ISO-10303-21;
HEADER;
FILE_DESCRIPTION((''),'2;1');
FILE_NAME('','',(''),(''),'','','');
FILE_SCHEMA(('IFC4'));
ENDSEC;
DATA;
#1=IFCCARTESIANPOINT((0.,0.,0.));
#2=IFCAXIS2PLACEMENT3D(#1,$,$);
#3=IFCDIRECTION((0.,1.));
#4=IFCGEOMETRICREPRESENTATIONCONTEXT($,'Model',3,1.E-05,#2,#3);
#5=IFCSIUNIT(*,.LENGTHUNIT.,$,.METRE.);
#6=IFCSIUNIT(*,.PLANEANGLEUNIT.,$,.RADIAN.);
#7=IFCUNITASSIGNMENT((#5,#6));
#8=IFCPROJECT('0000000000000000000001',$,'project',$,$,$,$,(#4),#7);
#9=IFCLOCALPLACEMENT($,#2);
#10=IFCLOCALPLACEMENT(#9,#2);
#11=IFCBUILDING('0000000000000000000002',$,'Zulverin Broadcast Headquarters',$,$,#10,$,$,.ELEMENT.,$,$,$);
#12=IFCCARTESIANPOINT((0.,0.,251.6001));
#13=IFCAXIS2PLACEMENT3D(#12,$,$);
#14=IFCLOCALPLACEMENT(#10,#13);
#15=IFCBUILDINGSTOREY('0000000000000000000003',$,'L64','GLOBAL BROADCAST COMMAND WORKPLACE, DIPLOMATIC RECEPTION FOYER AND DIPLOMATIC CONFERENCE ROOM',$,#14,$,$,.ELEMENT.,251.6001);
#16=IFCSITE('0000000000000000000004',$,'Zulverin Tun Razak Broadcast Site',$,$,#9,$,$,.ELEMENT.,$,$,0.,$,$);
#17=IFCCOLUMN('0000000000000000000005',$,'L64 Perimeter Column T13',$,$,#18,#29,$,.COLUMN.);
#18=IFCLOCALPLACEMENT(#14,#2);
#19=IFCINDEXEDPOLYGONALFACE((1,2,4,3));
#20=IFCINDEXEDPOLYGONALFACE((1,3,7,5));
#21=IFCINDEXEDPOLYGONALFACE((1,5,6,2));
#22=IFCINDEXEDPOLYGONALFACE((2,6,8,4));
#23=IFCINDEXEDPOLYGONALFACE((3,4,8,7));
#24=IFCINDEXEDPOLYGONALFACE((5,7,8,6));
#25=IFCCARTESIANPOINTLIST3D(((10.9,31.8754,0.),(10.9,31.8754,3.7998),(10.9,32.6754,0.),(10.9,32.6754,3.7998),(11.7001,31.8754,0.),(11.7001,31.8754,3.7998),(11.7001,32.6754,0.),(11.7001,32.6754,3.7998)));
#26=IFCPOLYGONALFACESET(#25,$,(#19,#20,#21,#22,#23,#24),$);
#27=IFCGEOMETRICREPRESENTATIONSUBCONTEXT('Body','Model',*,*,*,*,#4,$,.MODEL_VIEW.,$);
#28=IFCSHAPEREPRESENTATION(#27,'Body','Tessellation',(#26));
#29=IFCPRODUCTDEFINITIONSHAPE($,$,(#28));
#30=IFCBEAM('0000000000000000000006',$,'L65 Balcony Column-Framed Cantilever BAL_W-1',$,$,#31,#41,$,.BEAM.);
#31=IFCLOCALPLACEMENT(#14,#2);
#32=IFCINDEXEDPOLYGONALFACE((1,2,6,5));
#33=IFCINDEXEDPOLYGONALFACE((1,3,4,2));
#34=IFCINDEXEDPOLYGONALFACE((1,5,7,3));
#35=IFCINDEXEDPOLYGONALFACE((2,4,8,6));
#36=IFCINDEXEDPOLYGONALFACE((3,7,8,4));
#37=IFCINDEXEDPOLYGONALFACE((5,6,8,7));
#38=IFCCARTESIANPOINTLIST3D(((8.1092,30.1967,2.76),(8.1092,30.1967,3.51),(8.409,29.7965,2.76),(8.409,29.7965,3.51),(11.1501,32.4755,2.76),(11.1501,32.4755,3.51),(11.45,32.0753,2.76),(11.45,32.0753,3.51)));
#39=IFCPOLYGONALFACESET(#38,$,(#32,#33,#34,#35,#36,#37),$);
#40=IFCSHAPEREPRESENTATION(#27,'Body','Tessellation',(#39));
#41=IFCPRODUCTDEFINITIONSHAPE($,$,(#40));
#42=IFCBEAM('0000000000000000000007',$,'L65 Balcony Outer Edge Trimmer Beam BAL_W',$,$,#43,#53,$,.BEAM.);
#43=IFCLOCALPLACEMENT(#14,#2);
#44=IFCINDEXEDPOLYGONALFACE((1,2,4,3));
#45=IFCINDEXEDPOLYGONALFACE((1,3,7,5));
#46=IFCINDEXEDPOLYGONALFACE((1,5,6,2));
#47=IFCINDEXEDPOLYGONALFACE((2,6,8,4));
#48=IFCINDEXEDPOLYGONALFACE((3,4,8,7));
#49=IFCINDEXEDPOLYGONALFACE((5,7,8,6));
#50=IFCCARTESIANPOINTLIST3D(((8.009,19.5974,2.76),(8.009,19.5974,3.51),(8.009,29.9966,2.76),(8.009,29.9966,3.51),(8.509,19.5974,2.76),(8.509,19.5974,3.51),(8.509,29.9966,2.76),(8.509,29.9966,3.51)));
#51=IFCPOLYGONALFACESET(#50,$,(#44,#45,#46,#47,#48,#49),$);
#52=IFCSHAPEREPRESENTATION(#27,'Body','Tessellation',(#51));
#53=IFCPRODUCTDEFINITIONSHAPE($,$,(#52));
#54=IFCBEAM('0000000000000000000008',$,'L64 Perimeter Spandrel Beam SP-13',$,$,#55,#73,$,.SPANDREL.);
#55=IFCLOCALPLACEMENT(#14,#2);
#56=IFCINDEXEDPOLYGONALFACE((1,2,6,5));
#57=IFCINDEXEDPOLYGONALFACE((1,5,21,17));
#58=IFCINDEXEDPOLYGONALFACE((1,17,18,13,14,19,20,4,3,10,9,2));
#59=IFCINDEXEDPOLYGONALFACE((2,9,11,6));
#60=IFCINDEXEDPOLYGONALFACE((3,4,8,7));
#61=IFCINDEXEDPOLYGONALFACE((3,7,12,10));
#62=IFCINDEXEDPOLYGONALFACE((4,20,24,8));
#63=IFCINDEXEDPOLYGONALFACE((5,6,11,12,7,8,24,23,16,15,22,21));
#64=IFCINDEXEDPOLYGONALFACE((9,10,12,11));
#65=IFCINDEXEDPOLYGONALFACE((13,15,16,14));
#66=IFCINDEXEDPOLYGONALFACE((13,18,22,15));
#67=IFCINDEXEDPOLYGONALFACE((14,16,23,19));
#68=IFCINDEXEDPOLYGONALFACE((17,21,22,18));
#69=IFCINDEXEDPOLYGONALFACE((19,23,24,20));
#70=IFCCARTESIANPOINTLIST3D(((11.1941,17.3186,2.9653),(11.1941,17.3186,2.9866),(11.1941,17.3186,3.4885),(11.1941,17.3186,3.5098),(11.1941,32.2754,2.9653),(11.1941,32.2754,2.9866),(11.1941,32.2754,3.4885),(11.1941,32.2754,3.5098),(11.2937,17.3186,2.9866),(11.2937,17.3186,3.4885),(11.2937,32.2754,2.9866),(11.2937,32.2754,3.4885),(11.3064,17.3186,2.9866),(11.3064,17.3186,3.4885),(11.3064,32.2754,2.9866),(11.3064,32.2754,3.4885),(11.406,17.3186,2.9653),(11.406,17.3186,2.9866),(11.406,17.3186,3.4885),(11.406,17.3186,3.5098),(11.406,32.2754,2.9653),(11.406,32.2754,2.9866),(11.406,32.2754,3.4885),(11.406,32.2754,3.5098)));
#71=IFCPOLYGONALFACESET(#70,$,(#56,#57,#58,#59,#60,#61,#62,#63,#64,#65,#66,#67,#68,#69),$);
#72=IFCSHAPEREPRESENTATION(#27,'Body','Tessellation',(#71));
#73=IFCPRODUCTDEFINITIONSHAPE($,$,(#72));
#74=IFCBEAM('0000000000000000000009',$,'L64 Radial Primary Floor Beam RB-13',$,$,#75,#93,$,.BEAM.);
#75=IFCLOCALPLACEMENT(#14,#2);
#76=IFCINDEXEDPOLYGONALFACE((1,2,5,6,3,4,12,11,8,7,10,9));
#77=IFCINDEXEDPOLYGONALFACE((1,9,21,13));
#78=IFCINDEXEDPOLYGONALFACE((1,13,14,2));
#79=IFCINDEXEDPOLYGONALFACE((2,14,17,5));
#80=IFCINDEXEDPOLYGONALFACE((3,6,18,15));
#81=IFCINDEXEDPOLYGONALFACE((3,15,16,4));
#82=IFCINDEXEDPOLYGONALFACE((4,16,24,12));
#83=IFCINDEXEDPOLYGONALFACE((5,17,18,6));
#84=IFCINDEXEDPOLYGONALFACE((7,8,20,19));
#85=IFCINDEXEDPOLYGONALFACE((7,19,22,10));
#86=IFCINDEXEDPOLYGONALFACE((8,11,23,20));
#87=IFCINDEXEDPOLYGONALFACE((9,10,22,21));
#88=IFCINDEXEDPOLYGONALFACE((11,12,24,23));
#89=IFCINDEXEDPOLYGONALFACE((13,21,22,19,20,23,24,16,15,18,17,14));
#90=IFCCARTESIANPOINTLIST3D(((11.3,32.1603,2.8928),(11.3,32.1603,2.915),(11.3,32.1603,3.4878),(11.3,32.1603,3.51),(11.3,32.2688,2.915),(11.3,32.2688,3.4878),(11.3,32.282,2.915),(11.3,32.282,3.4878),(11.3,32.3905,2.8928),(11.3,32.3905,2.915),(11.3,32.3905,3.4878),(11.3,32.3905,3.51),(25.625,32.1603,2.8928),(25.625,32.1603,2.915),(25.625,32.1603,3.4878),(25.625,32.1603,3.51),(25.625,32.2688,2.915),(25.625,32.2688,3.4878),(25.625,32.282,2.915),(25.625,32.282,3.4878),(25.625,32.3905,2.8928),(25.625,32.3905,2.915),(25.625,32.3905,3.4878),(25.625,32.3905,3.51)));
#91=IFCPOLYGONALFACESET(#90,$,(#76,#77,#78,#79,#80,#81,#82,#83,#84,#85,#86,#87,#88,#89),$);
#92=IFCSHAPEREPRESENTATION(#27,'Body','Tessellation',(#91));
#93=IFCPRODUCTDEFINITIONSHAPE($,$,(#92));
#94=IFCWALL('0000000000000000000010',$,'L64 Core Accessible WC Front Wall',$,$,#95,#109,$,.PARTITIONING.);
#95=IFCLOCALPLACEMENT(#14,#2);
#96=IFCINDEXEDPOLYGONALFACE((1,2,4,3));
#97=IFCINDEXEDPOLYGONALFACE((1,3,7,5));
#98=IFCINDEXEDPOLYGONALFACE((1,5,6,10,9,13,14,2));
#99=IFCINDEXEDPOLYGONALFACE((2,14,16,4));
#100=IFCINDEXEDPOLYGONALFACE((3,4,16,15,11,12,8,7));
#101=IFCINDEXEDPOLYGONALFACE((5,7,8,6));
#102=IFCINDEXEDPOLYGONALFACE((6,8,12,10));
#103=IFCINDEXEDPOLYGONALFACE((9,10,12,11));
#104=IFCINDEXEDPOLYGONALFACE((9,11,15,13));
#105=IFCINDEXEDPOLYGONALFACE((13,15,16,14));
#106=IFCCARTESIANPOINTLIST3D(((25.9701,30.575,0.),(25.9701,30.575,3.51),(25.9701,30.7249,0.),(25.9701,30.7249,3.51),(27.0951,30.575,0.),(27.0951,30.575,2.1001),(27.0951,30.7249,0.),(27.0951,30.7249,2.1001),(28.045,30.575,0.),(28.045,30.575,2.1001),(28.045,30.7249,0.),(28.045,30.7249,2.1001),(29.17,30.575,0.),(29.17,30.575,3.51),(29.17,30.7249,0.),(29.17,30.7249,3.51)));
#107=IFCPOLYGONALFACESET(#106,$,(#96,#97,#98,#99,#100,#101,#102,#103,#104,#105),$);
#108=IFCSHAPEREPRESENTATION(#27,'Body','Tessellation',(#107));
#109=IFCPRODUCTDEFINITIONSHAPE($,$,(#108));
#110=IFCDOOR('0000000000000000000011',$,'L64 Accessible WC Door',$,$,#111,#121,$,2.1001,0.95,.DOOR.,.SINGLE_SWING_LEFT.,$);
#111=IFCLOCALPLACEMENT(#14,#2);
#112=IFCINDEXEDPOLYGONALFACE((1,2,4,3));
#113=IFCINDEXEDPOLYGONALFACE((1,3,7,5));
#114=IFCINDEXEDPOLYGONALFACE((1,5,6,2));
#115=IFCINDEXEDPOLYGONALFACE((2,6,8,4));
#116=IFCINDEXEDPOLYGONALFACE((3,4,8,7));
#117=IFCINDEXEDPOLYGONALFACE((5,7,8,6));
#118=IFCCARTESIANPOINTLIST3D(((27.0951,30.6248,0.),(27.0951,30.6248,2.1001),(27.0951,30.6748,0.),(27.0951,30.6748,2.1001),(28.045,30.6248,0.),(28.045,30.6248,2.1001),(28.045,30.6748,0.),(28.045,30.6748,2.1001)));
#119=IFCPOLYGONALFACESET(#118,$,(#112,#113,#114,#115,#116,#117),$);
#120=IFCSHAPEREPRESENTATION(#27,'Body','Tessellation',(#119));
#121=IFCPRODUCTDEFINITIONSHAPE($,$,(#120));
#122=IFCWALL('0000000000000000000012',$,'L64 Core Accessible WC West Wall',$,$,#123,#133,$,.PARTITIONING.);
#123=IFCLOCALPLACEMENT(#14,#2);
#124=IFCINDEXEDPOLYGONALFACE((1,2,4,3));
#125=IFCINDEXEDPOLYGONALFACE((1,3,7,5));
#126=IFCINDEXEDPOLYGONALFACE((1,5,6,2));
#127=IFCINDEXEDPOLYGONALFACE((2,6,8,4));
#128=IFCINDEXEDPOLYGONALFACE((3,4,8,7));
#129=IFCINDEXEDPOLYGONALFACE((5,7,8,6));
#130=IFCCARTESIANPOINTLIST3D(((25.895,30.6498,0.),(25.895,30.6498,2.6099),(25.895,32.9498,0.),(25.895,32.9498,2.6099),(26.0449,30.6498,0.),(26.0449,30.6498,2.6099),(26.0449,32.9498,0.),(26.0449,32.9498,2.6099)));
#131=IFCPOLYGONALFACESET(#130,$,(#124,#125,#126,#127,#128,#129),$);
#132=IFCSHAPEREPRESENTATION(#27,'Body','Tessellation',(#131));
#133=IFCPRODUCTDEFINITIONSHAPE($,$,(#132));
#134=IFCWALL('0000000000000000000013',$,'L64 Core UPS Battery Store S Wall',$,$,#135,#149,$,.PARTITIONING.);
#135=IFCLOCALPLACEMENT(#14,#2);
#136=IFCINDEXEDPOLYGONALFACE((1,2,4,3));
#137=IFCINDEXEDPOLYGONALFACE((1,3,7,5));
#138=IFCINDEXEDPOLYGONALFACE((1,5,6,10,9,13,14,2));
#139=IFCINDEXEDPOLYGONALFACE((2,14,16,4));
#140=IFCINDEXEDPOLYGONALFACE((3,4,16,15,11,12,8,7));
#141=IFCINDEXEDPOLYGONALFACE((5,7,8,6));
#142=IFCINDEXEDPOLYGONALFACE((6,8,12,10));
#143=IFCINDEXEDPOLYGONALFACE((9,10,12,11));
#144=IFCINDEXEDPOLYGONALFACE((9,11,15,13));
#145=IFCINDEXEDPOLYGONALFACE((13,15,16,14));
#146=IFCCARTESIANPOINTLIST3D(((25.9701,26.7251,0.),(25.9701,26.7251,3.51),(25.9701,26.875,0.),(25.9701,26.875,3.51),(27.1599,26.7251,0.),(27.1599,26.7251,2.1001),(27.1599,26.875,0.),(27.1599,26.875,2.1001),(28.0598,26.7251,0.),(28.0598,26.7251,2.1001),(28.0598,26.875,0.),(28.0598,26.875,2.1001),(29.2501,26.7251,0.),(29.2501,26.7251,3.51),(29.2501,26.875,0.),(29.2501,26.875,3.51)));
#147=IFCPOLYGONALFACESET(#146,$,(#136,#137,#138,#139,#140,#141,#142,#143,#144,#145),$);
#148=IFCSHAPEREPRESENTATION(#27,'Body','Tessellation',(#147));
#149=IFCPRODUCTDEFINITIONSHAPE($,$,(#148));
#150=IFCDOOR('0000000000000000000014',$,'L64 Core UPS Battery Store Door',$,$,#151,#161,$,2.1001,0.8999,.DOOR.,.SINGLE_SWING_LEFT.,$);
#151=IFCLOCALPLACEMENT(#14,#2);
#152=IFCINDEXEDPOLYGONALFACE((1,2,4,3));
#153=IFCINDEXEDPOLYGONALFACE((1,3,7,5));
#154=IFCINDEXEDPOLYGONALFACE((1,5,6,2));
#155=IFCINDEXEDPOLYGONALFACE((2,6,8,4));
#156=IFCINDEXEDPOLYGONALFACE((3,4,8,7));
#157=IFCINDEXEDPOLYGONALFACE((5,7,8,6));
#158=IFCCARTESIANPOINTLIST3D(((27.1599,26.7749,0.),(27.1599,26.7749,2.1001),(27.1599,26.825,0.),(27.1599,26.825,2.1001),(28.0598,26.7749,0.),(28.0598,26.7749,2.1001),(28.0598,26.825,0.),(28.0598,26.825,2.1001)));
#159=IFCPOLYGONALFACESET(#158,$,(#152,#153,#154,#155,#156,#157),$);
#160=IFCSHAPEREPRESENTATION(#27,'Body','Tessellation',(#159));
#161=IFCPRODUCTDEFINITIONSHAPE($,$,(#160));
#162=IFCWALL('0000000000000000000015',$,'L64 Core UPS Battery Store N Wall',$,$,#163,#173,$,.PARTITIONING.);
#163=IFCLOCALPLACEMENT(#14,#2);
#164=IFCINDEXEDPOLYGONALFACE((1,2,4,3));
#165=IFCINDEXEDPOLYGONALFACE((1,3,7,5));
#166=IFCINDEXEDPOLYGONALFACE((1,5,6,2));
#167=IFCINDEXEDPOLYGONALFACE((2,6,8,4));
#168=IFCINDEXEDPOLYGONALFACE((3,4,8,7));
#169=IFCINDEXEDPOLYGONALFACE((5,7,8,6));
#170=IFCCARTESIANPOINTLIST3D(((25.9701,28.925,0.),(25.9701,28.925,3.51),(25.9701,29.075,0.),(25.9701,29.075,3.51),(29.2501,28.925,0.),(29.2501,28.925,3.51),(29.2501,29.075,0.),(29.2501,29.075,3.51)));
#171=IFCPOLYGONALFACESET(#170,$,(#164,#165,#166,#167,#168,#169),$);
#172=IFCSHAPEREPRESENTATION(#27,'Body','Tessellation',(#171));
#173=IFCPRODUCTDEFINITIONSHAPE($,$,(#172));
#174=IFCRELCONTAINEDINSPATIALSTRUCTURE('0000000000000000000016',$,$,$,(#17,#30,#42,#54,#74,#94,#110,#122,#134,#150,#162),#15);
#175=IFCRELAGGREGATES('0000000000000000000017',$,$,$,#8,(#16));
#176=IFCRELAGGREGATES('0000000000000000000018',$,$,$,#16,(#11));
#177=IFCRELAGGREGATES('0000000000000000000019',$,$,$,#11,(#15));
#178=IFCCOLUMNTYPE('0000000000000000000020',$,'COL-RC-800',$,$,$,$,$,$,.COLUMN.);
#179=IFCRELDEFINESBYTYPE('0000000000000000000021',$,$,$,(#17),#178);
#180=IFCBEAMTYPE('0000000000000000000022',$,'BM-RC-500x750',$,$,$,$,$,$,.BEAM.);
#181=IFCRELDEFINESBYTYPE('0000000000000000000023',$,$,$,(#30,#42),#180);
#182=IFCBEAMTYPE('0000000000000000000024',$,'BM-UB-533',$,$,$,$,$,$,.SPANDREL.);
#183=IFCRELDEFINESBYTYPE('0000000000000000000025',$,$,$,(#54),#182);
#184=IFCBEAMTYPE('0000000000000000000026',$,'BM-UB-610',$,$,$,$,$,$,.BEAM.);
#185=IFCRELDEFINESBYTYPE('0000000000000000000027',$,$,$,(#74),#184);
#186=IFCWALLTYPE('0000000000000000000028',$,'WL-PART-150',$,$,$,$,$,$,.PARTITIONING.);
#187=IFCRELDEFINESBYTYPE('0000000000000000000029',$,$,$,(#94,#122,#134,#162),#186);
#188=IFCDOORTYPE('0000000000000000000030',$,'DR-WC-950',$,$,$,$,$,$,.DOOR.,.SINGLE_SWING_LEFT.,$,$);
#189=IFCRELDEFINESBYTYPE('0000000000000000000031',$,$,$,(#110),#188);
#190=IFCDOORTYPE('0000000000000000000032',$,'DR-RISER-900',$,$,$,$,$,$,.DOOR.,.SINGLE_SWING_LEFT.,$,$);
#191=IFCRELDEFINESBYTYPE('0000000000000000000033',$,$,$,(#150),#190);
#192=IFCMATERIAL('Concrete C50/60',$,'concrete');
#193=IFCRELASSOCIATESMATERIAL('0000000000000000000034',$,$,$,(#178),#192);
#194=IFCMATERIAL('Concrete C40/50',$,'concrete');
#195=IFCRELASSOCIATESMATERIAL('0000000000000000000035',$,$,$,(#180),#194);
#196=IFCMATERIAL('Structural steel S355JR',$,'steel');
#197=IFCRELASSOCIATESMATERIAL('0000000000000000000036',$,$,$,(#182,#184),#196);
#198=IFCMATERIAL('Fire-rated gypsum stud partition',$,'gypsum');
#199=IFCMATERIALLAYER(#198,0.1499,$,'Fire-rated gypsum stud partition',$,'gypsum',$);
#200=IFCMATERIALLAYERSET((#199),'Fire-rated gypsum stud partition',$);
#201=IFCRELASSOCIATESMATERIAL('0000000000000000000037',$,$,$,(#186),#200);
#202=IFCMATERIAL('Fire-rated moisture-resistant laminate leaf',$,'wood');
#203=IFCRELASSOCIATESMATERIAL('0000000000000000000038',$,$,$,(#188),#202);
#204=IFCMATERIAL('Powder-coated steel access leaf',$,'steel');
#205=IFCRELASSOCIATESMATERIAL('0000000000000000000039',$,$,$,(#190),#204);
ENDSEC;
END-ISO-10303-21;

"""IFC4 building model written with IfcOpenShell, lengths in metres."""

from ifc_helpers import new_model, si_unit, direction, frame, frame_2d, origin, origin_2d, place, context, subcontext, project, spatial, rectangle, i_section, extrude, material, layer, layer_set, material_profile, profile_set, type_object, element, fill, save


model = new_model("IFC4")

# Units and contexts
model_context = context("Model", 3, precision=1e-05, world=origin(), true_north=direction((0.0, 1.0)))
body_context = subcontext(model_context, "Body", "Model", "MODEL_VIEW")
ifc_project = project(units=[si_unit("LENGTHUNIT", "METRE"), si_unit("PLANEANGLEUNIT", "RADIAN")], contexts=[model_context])

# Site, building, storey
site_placement = place(None, origin())
site = spatial("IfcSite", under=ifc_project, at=site_placement, Name="Zulverin Tun Razak Broadcast Site", CompositionType="ELEMENT", RefElevation=0.0)
building_placement = place(site_placement, origin())
building = spatial("IfcBuilding", under=site, at=building_placement, Name="Zulverin Broadcast Headquarters", CompositionType="ELEMENT")
storey_placement = place(building_placement, frame((0.0, 0.0, 251.6001)))
storey = spatial("IfcBuildingStorey", under=building, at=storey_placement, Name="L64", Description="GLOBAL BROADCAST COMMAND WORKPLACE, DIPLOMATIC RECEPTION FOYER AND DIPLOMATIC CONFERENCE ROOM", CompositionType="ELEMENT", Elevation=251.6001)

# Column
ifc_material_1 = material(Name="Concrete C50/60", Category="concrete")
ifc_material_profile_1 = material_profile(ifc_material_1, rectangle(XDim=0.8, YDim=0.8, at=origin_2d()), Name="Concrete C50/60", Category="concrete")
ifc_profile_set_1 = profile_set([ifc_material_profile_1], Name="Concrete C50/60")
column_type = type_object("IfcColumnType", Name="COL-RC-800", PredefinedType="COLUMN", material=ifc_profile_set_1)
column_placement = place(storey_placement, frame((11.3, 32.2754, 0.0), z_axis=(0.0, 0.0, 1.0), x_axis=(1.0, 0.0, 0.0)))
element("IfcColumn", 1, at=column_placement, inside=storey, type_object=column_type, Name="L64 Perimeter Column T13", PredefinedType="COLUMN", context=body_context, shape_type="SweptSolid", body=[
    extrude(rectangle(XDim=0.8, YDim=0.8, at=origin_2d()), origin(), (0.0, 0.0, 1.0), 3.7998),
])

# Beams
ifc_material_2 = material(Name="Concrete C40/50", Category="concrete")
ifc_material_profile_2 = material_profile(ifc_material_2, rectangle(XDim=0.5, YDim=0.75, at=origin_2d()), Name="Concrete C40/50", Category="concrete")
ifc_profile_set_2 = profile_set([ifc_material_profile_2], Name="Concrete C40/50")
beam_type_1 = type_object("IfcBeamType", Name="BM-RC-500x750", PredefinedType="BEAM", material=ifc_profile_set_2)
beam_1_placement = place(storey_placement, frame((11.3, 32.2754, 3.135), z_axis=(-0.800247, -0.599671, 0.0), x_axis=(0.599671, -0.800247, 0.0)))
element("IfcBeam", 2, at=beam_1_placement, inside=storey, type_object=beam_type_1, Name="L65 Balcony Column-Framed Cantilever BAL_W-1", PredefinedType="BEAM", context=body_context, shape_type="SweptSolid", body=[
    extrude(rectangle(XDim=0.5, YDim=0.75, at=origin_2d()), origin(), (0.0, 0.0, 1.0), 3.8),
])
beam_2_placement = place(storey_placement, frame((8.259, 29.9966, 3.135), z_axis=(0.0, -1.0, 0.0), x_axis=(1.0, 0.0, 0.0)))
element("IfcBeam", 3, at=beam_2_placement, inside=storey, type_object=beam_type_1, Name="L65 Balcony Outer Edge Trimmer Beam BAL_W", PredefinedType="BEAM", context=body_context, shape_type="SweptSolid", body=[
    extrude(rectangle(XDim=0.5, YDim=0.75, at=origin_2d()), origin(), (0.0, 0.0, 1.0), 10.3992),
])
ifc_material_3 = material(Name="Structural steel S355JR", Category="steel")
ifc_material_profile_3 = material_profile(ifc_material_3, i_section(OverallWidth=0.2119, OverallDepth=0.5444, WebThickness=0.0127, FlangeThickness=0.0212, at=origin_2d()), Name="Structural steel S355JR", Category="steel")
ifc_profile_set_3 = profile_set([ifc_material_profile_3], Name="Structural steel S355JR")
beam_type_2 = type_object("IfcBeamType", Name="BM-UB-533", PredefinedType="SPANDREL", material=ifc_profile_set_3)
beam_3_placement = place(storey_placement, frame((11.3, 32.2754, 3.2375), z_axis=(0.0, -1.0, 0.0), x_axis=(1.0, 0.0, 0.0)))
element("IfcBeam", 4, at=beam_3_placement, inside=storey, type_object=beam_type_2, Name="L64 Perimeter Spandrel Beam SP-13", PredefinedType="SPANDREL", context=body_context, shape_type="SweptSolid", body=[
    extrude(i_section(OverallWidth=0.2119, OverallDepth=0.5444, WebThickness=0.0127, FlangeThickness=0.0212, at=origin_2d()), origin(), (0.0, 0.0, 1.0), 14.9568),
])
ifc_material_profile_4 = material_profile(ifc_material_3, i_section(OverallWidth=0.2302, OverallDepth=0.6172, WebThickness=0.0132, FlangeThickness=0.0222, at=origin_2d()), Name="Structural steel S355JR", Category="steel")
ifc_profile_set_4 = profile_set([ifc_material_profile_4], Name="Structural steel S355JR")
beam_type_3 = type_object("IfcBeamType", Name="BM-UB-610", PredefinedType="BEAM", material=ifc_profile_set_4)
beam_4_placement = place(storey_placement, frame((25.625, 32.2754, 3.2014), z_axis=(-1.0, 0.0, 0.0), x_axis=(0.0, -1.0, 0.0)))
element("IfcBeam", 5, at=beam_4_placement, inside=storey, type_object=beam_type_3, Name="L64 Radial Primary Floor Beam RB-13", PredefinedType="BEAM", context=body_context, shape_type="SweptSolid", body=[
    extrude(i_section(OverallWidth=0.2302, OverallDepth=0.6172, WebThickness=0.0132, FlangeThickness=0.0222, at=origin_2d()), origin(), (0.0, 0.0, 1.0), 14.325),
])

# Wall, opening, door
ifc_material_4 = material(Name="Fire-rated gypsum stud partition", Category="gypsum")
ifc_layer_1 = layer(ifc_material_4, 0.1499, Name="Fire-rated gypsum stud partition", Category="gypsum")
ifc_layer_set_1 = layer_set([ifc_layer_1], Name="Fire-rated gypsum stud partition")
wall_type = type_object("IfcWallType", Name="WL-PART-150", PredefinedType="PARTITIONING", material=ifc_layer_set_1)
wall_1_placement = place(storey_placement, frame((25.97, 30.6499, 0.0), z_axis=(0.0, 0.0, 1.0), x_axis=(1.0, 0.0, 0.0)))
wall_1 = element("IfcWall", 6, at=wall_1_placement, inside=storey, type_object=wall_type, Name="L64 Core Accessible WC Front Wall", PredefinedType="PARTITIONING", context=body_context, shape_type="SweptSolid", body=[
    extrude(rectangle(XDim=3.2, YDim=0.1499, at=frame_2d((1.6001, 0.0))), origin(), (0.0, 0.0, 1.0), 3.51),
])
opening_1_placement = place(wall_1_placement, frame((1.125, 0.0, 0.0)))
opening_1 = element("IfcOpeningElement", 7, at=opening_1_placement, cuts=wall_1, PredefinedType="OPENING", context=body_context, shape_type="SweptSolid", body=[
    extrude(rectangle(XDim=0.95, YDim=2.1001, at=frame_2d((0.4751, 1.05))), frame((0.0, 0.085, 0.0), z_axis=(0.0, -1.0, 0.0), x_axis=(1.0, 0.0, 0.0)), (0.0, 0.0, 1.0), 0.1699),
])
ifc_material_5 = material(Name="Fire-rated moisture-resistant laminate leaf", Category="wood")
door_type_1 = type_object("IfcDoorType", Name="DR-WC-950", OperationType="SINGLE_SWING_LEFT", PredefinedType="DOOR", material=ifc_material_5)
door_1_placement = place(opening_1_placement, origin())
door_1 = element("IfcDoor", 8, at=door_1_placement, inside=storey, type_object=door_type_1, Name="L64 Accessible WC Door", OperationType="SINGLE_SWING_LEFT", OverallHeight=2.1001, OverallWidth=0.95, PredefinedType="DOOR", context=body_context, shape_type="SweptSolid", body=[
    extrude(rectangle(XDim=0.95, YDim=2.1001, at=frame_2d((0.4751, 1.05))), frame((0.0, 0.0249, 0.0), z_axis=(0.0, -1.0, 0.0), x_axis=(1.0, 0.0, 0.0)), (0.0, 0.0, 1.0), 0.05),
])
fill(opening_1, door_1)

# Wall
wall_2_placement = place(storey_placement, frame((25.97, 30.6499, 0.0), z_axis=(0.0, 0.0, 1.0), x_axis=(0.0, 1.0, 0.0)))
element("IfcWall", 9, at=wall_2_placement, inside=storey, type_object=wall_type, Name="L64 Core Accessible WC West Wall", PredefinedType="PARTITIONING", context=body_context, shape_type="SweptSolid", body=[
    extrude(rectangle(XDim=2.3, YDim=0.1499, at=frame_2d((1.1499, 0.0))), origin(), (0.0, 0.0, 1.0), 2.6099),
])

# Wall, opening, door
wall_3_placement = place(storey_placement, frame((25.97, 26.8, 0.0), z_axis=(0.0, 0.0, 1.0), x_axis=(1.0, 0.0, 0.0)))
wall_3 = element("IfcWall", 10, at=wall_3_placement, inside=storey, type_object=wall_type, Name="L64 Core UPS Battery Store S Wall", PredefinedType="PARTITIONING", context=body_context, shape_type="SweptSolid", body=[
    extrude(rectangle(XDim=3.28, YDim=0.1499, at=frame_2d((1.6401, 0.0))), origin(), (0.0, 0.0, 1.0), 3.51),
])
opening_2_placement = place(wall_3_placement, frame((1.1899, 0.0, 0.0)))
opening_2 = element("IfcOpeningElement", 11, at=opening_2_placement, cuts=wall_3, PredefinedType="OPENING", context=body_context, shape_type="SweptSolid", body=[
    extrude(rectangle(XDim=0.8999, YDim=2.1001, at=frame_2d((0.45, 1.05))), frame((0.0, 0.085, 0.0), z_axis=(0.0, -1.0, 0.0), x_axis=(1.0, 0.0, 0.0)), (0.0, 0.0, 1.0), 0.1699),
])
ifc_material_6 = material(Name="Powder-coated steel access leaf", Category="steel")
door_type_2 = type_object("IfcDoorType", Name="DR-RISER-900", OperationType="SINGLE_SWING_LEFT", PredefinedType="DOOR", material=ifc_material_6)
door_2_placement = place(opening_2_placement, origin())
door_2 = element("IfcDoor", 12, at=door_2_placement, inside=storey, type_object=door_type_2, Name="L64 Core UPS Battery Store Door", OperationType="SINGLE_SWING_LEFT", OverallHeight=2.1001, OverallWidth=0.8999, PredefinedType="DOOR", context=body_context, shape_type="SweptSolid", body=[
    extrude(rectangle(XDim=0.8999, YDim=2.1001, at=frame_2d((0.45, 1.05))), frame((0.0, 0.0249, 0.0), z_axis=(0.0, -1.0, 0.0), x_axis=(1.0, 0.0, 0.0)), (0.0, 0.0, 1.0), 0.05),
])
fill(opening_2, door_2)

# Wall
wall_4_placement = place(storey_placement, frame((25.97, 29.0, 0.0), z_axis=(0.0, 0.0, 1.0), x_axis=(1.0, 0.0, 0.0)))
element("IfcWall", 13, at=wall_4_placement, inside=storey, type_object=wall_type, Name="L64 Core UPS Battery Store N Wall", PredefinedType="PARTITIONING", context=body_context, shape_type="SweptSolid", body=[
    extrude(rectangle(XDim=3.28, YDim=0.1499, at=frame_2d((1.6401, 0.0))), origin(), (0.0, 0.0, 1.0), 3.51),
])

save(model, "model.ifc")
